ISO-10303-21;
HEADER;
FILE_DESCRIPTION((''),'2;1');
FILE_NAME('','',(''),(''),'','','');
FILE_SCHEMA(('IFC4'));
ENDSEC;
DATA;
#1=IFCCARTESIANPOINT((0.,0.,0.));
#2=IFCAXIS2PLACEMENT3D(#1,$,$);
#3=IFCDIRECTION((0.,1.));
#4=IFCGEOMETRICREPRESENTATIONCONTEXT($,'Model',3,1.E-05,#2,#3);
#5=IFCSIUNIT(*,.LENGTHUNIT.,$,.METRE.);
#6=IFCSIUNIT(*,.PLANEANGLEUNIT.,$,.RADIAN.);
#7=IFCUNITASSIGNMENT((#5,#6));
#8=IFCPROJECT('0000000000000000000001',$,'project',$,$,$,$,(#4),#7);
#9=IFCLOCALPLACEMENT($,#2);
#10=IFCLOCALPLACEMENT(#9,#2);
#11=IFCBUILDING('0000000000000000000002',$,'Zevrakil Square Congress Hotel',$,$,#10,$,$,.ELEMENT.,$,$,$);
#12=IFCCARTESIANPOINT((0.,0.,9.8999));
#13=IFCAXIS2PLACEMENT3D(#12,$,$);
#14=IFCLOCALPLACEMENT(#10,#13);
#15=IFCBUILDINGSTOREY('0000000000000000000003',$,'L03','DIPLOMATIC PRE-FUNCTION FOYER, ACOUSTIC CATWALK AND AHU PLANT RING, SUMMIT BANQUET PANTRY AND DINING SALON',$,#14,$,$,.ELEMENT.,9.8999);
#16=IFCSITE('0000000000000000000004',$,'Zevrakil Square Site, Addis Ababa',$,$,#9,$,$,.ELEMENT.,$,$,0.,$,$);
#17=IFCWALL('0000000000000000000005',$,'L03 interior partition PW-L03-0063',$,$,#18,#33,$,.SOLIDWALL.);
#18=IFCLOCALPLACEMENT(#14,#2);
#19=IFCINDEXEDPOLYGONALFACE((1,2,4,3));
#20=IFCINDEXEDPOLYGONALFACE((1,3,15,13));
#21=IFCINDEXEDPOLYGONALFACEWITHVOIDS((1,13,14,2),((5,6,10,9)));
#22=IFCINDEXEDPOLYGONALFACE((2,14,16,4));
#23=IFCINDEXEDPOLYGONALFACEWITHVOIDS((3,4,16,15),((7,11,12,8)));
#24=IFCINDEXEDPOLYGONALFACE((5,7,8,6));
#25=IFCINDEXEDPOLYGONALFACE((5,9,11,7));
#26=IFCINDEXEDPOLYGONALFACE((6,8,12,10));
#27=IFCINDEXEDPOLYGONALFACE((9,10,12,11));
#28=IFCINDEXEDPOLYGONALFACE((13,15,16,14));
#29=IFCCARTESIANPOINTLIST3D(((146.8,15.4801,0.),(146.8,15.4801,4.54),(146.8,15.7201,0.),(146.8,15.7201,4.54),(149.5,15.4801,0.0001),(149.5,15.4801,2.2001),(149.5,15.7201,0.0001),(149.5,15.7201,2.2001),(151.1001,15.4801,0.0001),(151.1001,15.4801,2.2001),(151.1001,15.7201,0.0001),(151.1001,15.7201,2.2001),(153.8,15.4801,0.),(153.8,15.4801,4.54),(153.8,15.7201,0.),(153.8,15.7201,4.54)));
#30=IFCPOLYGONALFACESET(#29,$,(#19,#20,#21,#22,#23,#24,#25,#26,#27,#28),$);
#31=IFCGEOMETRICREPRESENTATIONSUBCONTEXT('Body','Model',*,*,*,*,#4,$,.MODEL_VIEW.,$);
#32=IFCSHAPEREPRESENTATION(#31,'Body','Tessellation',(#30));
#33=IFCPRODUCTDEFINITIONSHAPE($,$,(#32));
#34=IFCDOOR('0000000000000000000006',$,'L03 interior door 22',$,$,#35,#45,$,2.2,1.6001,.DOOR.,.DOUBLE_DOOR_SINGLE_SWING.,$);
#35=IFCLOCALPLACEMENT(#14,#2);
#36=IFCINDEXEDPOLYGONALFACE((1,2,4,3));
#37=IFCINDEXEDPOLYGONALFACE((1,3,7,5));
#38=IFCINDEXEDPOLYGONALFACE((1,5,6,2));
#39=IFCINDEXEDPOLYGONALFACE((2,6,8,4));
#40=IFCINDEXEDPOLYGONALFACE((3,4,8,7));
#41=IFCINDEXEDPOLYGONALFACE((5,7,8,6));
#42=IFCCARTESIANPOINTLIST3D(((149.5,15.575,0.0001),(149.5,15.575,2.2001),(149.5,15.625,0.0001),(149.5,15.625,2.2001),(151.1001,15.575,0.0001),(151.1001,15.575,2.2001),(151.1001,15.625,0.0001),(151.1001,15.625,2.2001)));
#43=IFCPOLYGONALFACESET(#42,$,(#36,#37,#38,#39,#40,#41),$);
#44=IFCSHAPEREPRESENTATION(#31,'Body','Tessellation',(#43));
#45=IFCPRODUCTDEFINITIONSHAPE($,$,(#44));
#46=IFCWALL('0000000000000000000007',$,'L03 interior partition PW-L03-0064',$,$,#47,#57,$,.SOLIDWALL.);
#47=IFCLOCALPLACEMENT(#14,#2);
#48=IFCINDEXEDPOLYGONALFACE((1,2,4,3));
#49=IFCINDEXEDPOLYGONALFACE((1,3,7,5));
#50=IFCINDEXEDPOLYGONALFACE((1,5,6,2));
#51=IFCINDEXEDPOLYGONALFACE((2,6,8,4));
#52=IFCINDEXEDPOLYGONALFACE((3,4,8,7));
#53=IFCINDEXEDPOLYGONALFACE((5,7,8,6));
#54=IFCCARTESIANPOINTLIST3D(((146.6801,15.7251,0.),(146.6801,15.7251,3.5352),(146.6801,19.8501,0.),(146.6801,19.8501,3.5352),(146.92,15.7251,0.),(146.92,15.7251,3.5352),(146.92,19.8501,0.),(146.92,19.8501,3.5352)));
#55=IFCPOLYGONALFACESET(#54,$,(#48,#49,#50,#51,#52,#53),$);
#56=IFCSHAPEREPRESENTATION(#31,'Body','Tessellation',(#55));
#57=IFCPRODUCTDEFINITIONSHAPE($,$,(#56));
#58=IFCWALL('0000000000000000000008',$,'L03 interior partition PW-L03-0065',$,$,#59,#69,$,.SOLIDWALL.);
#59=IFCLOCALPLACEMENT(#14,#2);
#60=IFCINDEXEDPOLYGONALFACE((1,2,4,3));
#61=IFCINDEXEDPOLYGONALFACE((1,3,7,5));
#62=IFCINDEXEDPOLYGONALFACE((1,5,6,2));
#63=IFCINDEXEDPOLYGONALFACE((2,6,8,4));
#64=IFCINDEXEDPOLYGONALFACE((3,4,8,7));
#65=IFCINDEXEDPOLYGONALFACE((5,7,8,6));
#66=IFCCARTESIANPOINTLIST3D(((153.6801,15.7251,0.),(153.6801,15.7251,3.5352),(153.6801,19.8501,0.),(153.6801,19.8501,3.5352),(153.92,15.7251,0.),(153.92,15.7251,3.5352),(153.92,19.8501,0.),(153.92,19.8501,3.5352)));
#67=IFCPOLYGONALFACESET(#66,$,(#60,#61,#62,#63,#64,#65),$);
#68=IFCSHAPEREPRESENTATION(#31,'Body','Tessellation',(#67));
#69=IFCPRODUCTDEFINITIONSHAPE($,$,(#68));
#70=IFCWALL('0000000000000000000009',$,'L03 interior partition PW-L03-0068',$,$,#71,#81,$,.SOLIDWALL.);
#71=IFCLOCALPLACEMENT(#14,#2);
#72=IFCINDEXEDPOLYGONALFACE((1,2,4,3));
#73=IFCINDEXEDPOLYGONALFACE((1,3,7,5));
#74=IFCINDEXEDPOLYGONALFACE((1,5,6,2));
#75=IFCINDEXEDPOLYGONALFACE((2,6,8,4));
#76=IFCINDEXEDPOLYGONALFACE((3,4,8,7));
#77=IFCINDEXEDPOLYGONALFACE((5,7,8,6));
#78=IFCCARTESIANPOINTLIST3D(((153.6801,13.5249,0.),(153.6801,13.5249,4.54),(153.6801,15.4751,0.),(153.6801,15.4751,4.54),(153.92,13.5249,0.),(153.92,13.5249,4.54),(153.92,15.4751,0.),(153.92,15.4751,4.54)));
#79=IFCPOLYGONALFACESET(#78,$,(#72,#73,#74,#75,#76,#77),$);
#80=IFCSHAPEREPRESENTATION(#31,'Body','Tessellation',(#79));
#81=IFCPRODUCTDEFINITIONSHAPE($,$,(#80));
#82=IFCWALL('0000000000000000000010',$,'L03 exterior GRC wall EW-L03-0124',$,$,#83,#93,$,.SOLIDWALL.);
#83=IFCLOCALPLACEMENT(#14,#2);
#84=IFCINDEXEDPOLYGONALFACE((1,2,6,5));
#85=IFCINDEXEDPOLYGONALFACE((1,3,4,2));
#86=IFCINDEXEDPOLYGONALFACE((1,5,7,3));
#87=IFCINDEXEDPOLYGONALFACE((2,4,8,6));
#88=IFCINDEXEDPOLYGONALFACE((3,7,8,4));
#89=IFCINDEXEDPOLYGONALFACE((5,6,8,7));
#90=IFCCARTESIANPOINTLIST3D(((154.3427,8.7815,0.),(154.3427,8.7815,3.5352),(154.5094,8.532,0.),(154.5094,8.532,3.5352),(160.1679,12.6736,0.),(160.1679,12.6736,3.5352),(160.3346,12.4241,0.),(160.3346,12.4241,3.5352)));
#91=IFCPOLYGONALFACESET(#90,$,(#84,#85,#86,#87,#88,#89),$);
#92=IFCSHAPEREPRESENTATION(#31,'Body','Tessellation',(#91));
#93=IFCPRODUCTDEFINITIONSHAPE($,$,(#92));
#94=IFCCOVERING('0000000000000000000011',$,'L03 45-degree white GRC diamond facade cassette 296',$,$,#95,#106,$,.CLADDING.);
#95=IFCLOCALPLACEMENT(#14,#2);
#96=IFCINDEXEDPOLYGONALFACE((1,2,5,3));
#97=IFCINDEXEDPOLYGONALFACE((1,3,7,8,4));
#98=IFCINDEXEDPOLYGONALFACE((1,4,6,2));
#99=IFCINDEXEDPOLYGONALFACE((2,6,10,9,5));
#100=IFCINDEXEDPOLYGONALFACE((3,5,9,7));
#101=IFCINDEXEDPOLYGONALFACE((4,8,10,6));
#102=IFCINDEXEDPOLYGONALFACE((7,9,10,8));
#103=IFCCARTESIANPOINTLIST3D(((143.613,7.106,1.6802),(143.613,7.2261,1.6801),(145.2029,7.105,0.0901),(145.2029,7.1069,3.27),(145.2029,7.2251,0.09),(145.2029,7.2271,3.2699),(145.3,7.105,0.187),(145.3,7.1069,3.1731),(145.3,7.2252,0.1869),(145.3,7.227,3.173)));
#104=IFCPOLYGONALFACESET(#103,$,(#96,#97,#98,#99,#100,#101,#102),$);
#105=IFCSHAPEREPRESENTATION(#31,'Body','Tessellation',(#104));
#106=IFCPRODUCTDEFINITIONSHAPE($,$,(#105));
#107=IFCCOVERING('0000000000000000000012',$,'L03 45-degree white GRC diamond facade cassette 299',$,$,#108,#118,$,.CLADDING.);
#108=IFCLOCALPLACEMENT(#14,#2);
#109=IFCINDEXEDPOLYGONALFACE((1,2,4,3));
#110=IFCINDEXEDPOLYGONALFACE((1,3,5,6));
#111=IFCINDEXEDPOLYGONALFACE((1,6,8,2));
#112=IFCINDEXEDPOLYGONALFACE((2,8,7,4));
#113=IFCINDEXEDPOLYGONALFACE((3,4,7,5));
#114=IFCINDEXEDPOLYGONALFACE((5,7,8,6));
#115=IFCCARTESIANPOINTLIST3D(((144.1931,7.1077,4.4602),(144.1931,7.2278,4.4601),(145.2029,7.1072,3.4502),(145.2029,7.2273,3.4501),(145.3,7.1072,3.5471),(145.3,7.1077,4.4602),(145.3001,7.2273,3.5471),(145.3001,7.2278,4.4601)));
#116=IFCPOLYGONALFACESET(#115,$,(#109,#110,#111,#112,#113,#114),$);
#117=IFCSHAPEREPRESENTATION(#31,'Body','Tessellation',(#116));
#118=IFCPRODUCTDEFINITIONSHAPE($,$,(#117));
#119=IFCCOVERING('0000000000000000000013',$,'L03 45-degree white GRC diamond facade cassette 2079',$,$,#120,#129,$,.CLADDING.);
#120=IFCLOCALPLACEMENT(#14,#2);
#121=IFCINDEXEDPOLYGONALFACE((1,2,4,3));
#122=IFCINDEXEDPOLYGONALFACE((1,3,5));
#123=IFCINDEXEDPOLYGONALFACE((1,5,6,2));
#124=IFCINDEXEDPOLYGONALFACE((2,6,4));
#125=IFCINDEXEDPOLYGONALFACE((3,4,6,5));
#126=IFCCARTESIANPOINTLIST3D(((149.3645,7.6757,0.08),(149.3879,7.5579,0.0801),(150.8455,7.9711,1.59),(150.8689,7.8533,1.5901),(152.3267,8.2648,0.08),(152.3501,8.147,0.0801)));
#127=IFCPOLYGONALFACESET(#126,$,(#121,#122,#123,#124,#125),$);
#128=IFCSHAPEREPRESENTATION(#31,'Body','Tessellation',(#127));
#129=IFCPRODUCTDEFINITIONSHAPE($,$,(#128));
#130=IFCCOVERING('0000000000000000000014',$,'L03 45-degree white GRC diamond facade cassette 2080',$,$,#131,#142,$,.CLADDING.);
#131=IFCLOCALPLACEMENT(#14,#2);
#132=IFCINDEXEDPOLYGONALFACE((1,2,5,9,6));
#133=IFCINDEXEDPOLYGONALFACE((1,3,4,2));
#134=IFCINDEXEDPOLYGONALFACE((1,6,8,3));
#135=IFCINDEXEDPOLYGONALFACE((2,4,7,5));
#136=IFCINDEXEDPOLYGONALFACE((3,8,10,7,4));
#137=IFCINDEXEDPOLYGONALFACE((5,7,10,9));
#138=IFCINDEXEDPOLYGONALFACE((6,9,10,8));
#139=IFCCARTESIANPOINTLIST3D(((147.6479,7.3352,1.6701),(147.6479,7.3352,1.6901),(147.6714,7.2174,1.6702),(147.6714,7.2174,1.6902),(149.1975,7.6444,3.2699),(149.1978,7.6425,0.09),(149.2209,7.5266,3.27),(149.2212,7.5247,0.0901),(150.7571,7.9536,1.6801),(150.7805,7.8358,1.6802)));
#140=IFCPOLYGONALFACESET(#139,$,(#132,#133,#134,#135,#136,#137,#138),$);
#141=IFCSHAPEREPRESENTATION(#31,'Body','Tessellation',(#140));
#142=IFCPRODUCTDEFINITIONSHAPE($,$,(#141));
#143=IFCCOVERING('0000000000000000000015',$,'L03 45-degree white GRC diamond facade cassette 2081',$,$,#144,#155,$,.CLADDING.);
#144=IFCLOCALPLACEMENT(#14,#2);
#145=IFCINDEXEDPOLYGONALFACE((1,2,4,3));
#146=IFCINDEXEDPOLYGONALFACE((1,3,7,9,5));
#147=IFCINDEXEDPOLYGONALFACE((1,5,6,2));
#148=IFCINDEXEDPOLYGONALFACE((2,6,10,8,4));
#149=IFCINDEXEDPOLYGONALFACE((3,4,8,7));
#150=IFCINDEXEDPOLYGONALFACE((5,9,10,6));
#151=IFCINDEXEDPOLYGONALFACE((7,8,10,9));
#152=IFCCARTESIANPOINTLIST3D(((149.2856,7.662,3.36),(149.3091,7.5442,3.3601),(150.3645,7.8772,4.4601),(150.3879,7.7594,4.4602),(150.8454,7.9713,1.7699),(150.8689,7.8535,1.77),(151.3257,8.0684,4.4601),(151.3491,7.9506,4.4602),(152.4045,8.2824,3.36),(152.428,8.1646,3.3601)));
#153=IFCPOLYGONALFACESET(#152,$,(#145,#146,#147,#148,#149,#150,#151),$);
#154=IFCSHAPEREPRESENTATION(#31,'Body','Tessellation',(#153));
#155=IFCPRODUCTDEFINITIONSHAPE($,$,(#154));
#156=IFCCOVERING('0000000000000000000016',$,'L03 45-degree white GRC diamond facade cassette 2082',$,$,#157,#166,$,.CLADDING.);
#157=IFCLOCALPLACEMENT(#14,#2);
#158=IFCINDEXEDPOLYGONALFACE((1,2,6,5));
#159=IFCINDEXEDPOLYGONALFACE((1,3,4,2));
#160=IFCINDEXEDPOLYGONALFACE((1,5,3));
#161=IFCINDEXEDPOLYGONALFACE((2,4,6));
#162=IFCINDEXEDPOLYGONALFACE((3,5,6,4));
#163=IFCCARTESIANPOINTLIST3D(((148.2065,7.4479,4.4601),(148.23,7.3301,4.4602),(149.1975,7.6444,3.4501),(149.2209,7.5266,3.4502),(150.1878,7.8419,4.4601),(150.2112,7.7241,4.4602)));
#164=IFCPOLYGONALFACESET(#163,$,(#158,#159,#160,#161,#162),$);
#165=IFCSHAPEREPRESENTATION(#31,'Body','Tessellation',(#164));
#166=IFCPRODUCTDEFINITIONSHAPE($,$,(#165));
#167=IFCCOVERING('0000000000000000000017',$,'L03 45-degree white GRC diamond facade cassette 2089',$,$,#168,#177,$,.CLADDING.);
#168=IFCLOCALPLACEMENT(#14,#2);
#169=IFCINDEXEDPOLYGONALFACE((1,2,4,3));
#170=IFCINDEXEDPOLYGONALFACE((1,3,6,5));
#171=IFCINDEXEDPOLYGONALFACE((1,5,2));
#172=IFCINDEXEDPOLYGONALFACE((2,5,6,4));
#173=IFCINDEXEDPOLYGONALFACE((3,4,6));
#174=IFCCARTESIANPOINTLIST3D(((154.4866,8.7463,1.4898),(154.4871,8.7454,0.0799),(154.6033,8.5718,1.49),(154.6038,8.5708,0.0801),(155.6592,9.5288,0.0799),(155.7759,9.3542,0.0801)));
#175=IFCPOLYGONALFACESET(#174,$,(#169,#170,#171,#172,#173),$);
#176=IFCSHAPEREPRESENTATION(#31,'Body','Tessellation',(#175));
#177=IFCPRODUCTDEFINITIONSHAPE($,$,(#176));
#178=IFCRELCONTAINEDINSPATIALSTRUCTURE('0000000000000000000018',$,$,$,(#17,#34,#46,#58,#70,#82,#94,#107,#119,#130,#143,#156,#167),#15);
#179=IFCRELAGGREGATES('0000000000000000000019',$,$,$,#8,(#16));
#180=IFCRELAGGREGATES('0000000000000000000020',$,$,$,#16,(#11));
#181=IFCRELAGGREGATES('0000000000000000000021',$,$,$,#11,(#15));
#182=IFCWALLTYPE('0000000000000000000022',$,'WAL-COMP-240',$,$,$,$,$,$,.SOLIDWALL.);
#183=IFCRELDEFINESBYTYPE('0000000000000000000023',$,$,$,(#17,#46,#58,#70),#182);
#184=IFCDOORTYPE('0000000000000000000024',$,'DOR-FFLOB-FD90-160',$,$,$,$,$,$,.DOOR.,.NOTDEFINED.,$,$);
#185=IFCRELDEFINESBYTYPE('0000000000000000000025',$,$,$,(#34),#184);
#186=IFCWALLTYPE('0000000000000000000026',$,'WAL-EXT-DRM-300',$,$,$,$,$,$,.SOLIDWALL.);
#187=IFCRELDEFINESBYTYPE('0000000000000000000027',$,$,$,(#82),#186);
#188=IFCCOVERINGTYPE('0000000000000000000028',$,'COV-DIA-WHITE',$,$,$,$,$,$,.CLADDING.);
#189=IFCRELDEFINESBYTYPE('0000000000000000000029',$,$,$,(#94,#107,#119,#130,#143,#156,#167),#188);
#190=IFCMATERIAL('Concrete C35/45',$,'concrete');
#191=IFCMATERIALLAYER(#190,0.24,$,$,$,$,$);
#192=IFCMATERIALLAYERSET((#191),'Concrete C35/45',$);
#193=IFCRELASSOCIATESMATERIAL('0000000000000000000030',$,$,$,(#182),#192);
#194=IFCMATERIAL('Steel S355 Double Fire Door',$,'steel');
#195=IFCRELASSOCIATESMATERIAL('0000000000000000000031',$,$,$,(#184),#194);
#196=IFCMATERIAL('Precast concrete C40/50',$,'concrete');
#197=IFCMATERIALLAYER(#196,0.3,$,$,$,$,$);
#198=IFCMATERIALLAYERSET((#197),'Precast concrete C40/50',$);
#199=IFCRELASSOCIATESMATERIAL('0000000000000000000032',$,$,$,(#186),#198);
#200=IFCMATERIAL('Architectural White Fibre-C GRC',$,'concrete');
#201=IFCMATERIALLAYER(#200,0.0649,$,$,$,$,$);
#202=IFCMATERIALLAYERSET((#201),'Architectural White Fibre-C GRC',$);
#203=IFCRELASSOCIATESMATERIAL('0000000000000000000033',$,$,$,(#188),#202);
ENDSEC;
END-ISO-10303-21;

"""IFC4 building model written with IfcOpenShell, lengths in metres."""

from ifc_helpers import new_model, si_unit, direction, frame, frame_2d, origin, place, context, subcontext, project, spatial, polyline, rectangle, outline, extrude, material, layer, layer_set, type_object, element, fill, save


model = new_model("IFC4")

# Units and contexts
model_context = context("Model", 3, precision=1e-05, world=origin(), true_north=direction((0.0, 1.0)))
body_context = subcontext(model_context, "Body", "Model", "MODEL_VIEW")
ifc_project = project(units=[si_unit("LENGTHUNIT", "METRE"), si_unit("PLANEANGLEUNIT", "RADIAN")], contexts=[model_context])

# Site, building, storey
site_placement = place(None, origin())
site = spatial("IfcSite", under=ifc_project, at=site_placement, Name="Zevrakil Square Site, Addis Ababa", CompositionType="ELEMENT", RefElevation=0.0)
building_placement = place(site_placement, origin())
building = spatial("IfcBuilding", under=site, at=building_placement, Name="Zevrakil Square Congress Hotel", CompositionType="ELEMENT")
storey_placement = place(building_placement, frame((0.0, 0.0, 9.8999)))
storey = spatial("IfcBuildingStorey", under=building, at=storey_placement, Name="L03", Description="DIPLOMATIC PRE-FUNCTION FOYER, ACOUSTIC CATWALK AND AHU PLANT RING, SUMMIT BANQUET PANTRY AND DINING SALON", CompositionType="ELEMENT", Elevation=9.8999)

# Wall, opening, door
ifc_material_1 = material(Name="Concrete C35/45", Category="concrete")
ifc_layer_1 = layer(ifc_material_1, 0.24)
ifc_layer_set_1 = layer_set([ifc_layer_1], Name="Concrete C35/45")
wall_type_1 = type_object("IfcWallType", Name="WAL-COMP-240", PredefinedType="SOLIDWALL", material=ifc_layer_set_1)
wall_1_placement = place(storey_placement, frame((146.8, 15.6001, 0.0), z_axis=(0.0, 0.0, 1.0), x_axis=(1.0, 0.0, 0.0)))
wall_1 = element("IfcWall", 1, at=wall_1_placement, inside=storey, type_object=wall_type_1, Name="L03 interior partition PW-L03-0063", PredefinedType="SOLIDWALL", context=body_context, shape_type="SweptSolid", body=[
    extrude(rectangle(XDim=7.0, YDim=0.24, at=frame_2d((3.5, 0.0))), origin(), (0.0, 0.0, 1.0), 4.54),
])
opening_placement = place(wall_1_placement, frame((2.7, 0.0, 0.0)))
opening = element("IfcOpeningElement", 2, at=opening_placement, cuts=wall_1, PredefinedType="OPENING", context=body_context, shape_type="SweptSolid", body=[
    extrude(rectangle(XDim=1.6001, YDim=2.2, at=frame_2d((0.8, 1.1001))), frame((0.0, 0.1299, 0.0), z_axis=(0.0, -1.0, 0.0), x_axis=(1.0, 0.0, 0.0)), (0.0, 0.0, 1.0), 0.26),
])
ifc_material_2 = material(Name="Steel S355 Double Fire Door", Category="steel")
door_type = type_object("IfcDoorType", Name="DOR-FFLOB-FD90-160", OperationType="NOTDEFINED", PredefinedType="DOOR", material=ifc_material_2)
door_placement = place(opening_placement, origin())
door = element("IfcDoor", 3, at=door_placement, inside=storey, type_object=door_type, Name="L03 interior door 22", OperationType="DOUBLE_DOOR_SINGLE_SWING", OverallHeight=2.2, OverallWidth=1.6001, PredefinedType="DOOR", context=body_context, shape_type="SweptSolid", body=[
    extrude(rectangle(XDim=1.6001, YDim=2.2, at=frame_2d((0.8, 1.1001))), frame((0.0, 0.0249, 0.0), z_axis=(0.0, -1.0, 0.0), x_axis=(1.0, 0.0, 0.0)), (0.0, 0.0, 1.0), 0.05),
])
fill(opening, door)

# Walls
for number, where, z_axis, x_axis, name in (
    (4, (146.8, 15.7251, 0.0), (0.0, 0.0, 1.0), (0.0, 1.0, 0.0), "L03 interior partition PW-L03-0064"),
    (5, (153.8, 15.7251, 0.0), (0.0, 0.0, 1.0), (0.0, 1.0, 0.0), "L03 interior partition PW-L03-0065"),
):
    element("IfcWall", number, at=place(storey_placement, frame(where, z_axis=z_axis, x_axis=x_axis)), inside=storey, type_object=wall_type_1, Name=name, PredefinedType="SOLIDWALL", context=body_context, shape_type="SweptSolid", body=[
        extrude(rectangle(XDim=4.125, YDim=0.24, at=frame_2d((2.0625, 0.0))), origin(), (0.0, 0.0, 1.0), 3.5352),
    ])
wall_2_placement = place(storey_placement, frame((153.8, 13.5249, 0.0), z_axis=(0.0, 0.0, 1.0), x_axis=(0.0, 1.0, 0.0)))
element("IfcWall", 6, at=wall_2_placement, inside=storey, type_object=wall_type_1, Name="L03 interior partition PW-L03-0068", PredefinedType="SOLIDWALL", context=body_context, shape_type="SweptSolid", body=[
    extrude(rectangle(XDim=1.9502, YDim=0.24, at=frame_2d((0.9751, 0.0))), origin(), (0.0, 0.0, 1.0), 4.54),
])
ifc_material_3 = material(Name="Precast concrete C40/50", Category="concrete")
ifc_layer_2 = layer(ifc_material_3, 0.3)
ifc_layer_set_2 = layer_set([ifc_layer_2], Name="Precast concrete C40/50")
wall_type_2 = type_object("IfcWallType", Name="WAL-EXT-DRM-300", PredefinedType="SOLIDWALL", material=ifc_layer_set_2)
wall_3_placement = place(storey_placement, frame((154.426, 8.6567, 0.0), z_axis=(0.0, 0.0, 1.0), x_axis=(0.831482, 0.555552, 0.0)))
element("IfcWall", 7, at=wall_3_placement, inside=storey, type_object=wall_type_2, Name="L03 exterior GRC wall EW-L03-0124", PredefinedType="SOLIDWALL", context=body_context, shape_type="SweptSolid", body=[
    extrude(rectangle(XDim=7.0059, YDim=0.3, at=frame_2d((3.5029, 0.0))), origin(), (0.0, 0.0, 1.0), 3.5352),
])

# Coverings
ifc_material_4 = material(Name="Architectural White Fibre-C GRC", Category="concrete")
ifc_layer_3 = layer(ifc_material_4, 0.0649)
ifc_layer_set_3 = layer_set([ifc_layer_3], Name="Architectural White Fibre-C GRC")
covering_type_1 = type_object("IfcCoveringType", Name="COV-DIA-WHITE", PredefinedType="CLADDING", material=ifc_layer_set_3)
covering_1_placement = place(storey_placement, frame((145.2029, 7.105, 0.0901), z_axis=(0.0, -1.0, 0.000616), x_axis=(-0.707052, 0.000436, 0.707161)))
element("IfcCovering", 8, at=covering_1_placement, inside=storey, type_object=covering_type_1, Name="L03 45-degree white GRC diamond facade cassette 296", PredefinedType="CLADDING", context=body_context, shape_type="SweptSolid", body=[
    extrude(outline(polyline([(0.0, 0.0), (2.2486, 0.0), (2.2487, -2.2484), (2.1115, -2.2486), (-0.0002, -0.1372), (0.0, 0.0)])), origin(), (0.0, 0.0, -1.0), 0.1201),
])
covering_2_placement = place(storey_placement, frame((145.2029, 7.1072, 3.4502), z_axis=(-0.000039, -1.0, 0.000487), x_axis=(-0.707021, 0.000372, 0.707192)))
element("IfcCovering", 9, at=covering_2_placement, inside=storey, type_object=covering_type_1, Name="L03 45-degree white GRC diamond facade cassette 299", PredefinedType="CLADDING", context=body_context, shape_type="SweptSolid", body=[
    extrude(outline(polyline([(0.0, 0.0), (1.4282, 0.0), (0.6456, -0.7828), (-0.0002, -0.1372), (0.0, 0.0)])), origin(), (0.0, 0.0, -1.0), 0.1201),
])
covering_3_placement = place(storey_placement, frame((150.8689, 7.8533, 1.5901), z_axis=(0.195059, -0.980791, 0.000571), x_axis=(0.69361, 0.137533, -0.7071)))
element("IfcCovering", 10, at=covering_3_placement, inside=storey, type_object=covering_type_1, Name="L03 45-degree white GRC diamond facade cassette 2079", PredefinedType="CLADDING", context=body_context, shape_type="SweptSolid", body=[
    extrude(outline(polyline([(0.0, 0.0), (2.1355, 0.0), (-0.0001, -2.1356), (0.0, 0.0)])), origin(), (0.0, 0.0, -1.0), 0.1201),
])
covering_4_placement = place(storey_placement, frame((149.2209, 7.5266, 3.27), z_axis=(0.195079, -0.980787, 0.000615), x_axis=(0.693619, 0.137518, -0.707094)))
element("IfcCovering", 11, at=covering_4_placement, inside=storey, type_object=covering_type_1, Name="L03 45-degree white GRC diamond facade cassette 2080", PredefinedType="CLADDING", context=body_context, shape_type="SweptSolid", body=[
    extrude(outline(polyline([(0.0, 0.0), (2.2484, 0.0), (2.2484, -2.2487), (0.0139, -2.2486), (-0.0003, -2.2344), (0.0, 0.0)])), origin(), (0.0, 0.0, -1.0), 0.1201),
])
covering_5_placement = place(storey_placement, frame((152.428, 8.1646, 3.3601), z_axis=(0.19508, -0.980787, 0.000586), x_axis=(-0.693389, -0.138339, -0.707159)))
element("IfcCovering", 12, at=covering_5_placement, inside=storey, type_object=covering_type_1, Name="L03 45-degree white GRC diamond facade cassette 2081", PredefinedType="CLADDING", context=body_context, shape_type="SweptSolid", body=[
    extrude(outline(polyline([(0.0, 0.0), (2.2486, 0.0), (2.2484, -2.2488), (0.6927, -2.2487), (-0.0003, -1.5556), (0.0, 0.0)])), origin(), (0.0, 0.0, -1.0), 0.1201),
])
covering_6_placement = place(storey_placement, frame((149.2209, 7.5266, 3.4502), z_axis=(0.19507, -0.980789, 0.000545), x_axis=(-0.693686, -0.137575, 0.707017)))
element("IfcCovering", 13, at=covering_6_placement, inside=storey, type_object=covering_type_1, Name="L03 45-degree white GRC diamond facade cassette 2082", PredefinedType="CLADDING", context=body_context, shape_type="SweptSolid", body=[
    extrude(outline(polyline([(0.0, 0.0), (1.4286, 0.0), (0.0, -1.4282), (0.0, 0.0)])), origin(), (0.0, 0.0, -1.0), 0.1201),
])
covering_7_placement = place(storey_placement, frame((155.7759, 9.3542, 0.0801), z_axis=(0.555699, -0.831383, 0.000768), x_axis=(-0.831384, -0.555699, 0.0)))
element("IfcCovering", 14, at=covering_7_placement, inside=storey, type_object=covering_type_1, Name="L03 45-degree white GRC diamond facade cassette 2089", PredefinedType="CLADDING", context=body_context, shape_type="SweptSolid", body=[
    extrude(outline(polyline([(0.0, 0.0), (1.4098, 0.0), (1.4097, -1.4099), (0.0, 0.0)])), origin(), (0.0, 0.0, -1.0), 0.21),
])

save(model, "model.ifc")
